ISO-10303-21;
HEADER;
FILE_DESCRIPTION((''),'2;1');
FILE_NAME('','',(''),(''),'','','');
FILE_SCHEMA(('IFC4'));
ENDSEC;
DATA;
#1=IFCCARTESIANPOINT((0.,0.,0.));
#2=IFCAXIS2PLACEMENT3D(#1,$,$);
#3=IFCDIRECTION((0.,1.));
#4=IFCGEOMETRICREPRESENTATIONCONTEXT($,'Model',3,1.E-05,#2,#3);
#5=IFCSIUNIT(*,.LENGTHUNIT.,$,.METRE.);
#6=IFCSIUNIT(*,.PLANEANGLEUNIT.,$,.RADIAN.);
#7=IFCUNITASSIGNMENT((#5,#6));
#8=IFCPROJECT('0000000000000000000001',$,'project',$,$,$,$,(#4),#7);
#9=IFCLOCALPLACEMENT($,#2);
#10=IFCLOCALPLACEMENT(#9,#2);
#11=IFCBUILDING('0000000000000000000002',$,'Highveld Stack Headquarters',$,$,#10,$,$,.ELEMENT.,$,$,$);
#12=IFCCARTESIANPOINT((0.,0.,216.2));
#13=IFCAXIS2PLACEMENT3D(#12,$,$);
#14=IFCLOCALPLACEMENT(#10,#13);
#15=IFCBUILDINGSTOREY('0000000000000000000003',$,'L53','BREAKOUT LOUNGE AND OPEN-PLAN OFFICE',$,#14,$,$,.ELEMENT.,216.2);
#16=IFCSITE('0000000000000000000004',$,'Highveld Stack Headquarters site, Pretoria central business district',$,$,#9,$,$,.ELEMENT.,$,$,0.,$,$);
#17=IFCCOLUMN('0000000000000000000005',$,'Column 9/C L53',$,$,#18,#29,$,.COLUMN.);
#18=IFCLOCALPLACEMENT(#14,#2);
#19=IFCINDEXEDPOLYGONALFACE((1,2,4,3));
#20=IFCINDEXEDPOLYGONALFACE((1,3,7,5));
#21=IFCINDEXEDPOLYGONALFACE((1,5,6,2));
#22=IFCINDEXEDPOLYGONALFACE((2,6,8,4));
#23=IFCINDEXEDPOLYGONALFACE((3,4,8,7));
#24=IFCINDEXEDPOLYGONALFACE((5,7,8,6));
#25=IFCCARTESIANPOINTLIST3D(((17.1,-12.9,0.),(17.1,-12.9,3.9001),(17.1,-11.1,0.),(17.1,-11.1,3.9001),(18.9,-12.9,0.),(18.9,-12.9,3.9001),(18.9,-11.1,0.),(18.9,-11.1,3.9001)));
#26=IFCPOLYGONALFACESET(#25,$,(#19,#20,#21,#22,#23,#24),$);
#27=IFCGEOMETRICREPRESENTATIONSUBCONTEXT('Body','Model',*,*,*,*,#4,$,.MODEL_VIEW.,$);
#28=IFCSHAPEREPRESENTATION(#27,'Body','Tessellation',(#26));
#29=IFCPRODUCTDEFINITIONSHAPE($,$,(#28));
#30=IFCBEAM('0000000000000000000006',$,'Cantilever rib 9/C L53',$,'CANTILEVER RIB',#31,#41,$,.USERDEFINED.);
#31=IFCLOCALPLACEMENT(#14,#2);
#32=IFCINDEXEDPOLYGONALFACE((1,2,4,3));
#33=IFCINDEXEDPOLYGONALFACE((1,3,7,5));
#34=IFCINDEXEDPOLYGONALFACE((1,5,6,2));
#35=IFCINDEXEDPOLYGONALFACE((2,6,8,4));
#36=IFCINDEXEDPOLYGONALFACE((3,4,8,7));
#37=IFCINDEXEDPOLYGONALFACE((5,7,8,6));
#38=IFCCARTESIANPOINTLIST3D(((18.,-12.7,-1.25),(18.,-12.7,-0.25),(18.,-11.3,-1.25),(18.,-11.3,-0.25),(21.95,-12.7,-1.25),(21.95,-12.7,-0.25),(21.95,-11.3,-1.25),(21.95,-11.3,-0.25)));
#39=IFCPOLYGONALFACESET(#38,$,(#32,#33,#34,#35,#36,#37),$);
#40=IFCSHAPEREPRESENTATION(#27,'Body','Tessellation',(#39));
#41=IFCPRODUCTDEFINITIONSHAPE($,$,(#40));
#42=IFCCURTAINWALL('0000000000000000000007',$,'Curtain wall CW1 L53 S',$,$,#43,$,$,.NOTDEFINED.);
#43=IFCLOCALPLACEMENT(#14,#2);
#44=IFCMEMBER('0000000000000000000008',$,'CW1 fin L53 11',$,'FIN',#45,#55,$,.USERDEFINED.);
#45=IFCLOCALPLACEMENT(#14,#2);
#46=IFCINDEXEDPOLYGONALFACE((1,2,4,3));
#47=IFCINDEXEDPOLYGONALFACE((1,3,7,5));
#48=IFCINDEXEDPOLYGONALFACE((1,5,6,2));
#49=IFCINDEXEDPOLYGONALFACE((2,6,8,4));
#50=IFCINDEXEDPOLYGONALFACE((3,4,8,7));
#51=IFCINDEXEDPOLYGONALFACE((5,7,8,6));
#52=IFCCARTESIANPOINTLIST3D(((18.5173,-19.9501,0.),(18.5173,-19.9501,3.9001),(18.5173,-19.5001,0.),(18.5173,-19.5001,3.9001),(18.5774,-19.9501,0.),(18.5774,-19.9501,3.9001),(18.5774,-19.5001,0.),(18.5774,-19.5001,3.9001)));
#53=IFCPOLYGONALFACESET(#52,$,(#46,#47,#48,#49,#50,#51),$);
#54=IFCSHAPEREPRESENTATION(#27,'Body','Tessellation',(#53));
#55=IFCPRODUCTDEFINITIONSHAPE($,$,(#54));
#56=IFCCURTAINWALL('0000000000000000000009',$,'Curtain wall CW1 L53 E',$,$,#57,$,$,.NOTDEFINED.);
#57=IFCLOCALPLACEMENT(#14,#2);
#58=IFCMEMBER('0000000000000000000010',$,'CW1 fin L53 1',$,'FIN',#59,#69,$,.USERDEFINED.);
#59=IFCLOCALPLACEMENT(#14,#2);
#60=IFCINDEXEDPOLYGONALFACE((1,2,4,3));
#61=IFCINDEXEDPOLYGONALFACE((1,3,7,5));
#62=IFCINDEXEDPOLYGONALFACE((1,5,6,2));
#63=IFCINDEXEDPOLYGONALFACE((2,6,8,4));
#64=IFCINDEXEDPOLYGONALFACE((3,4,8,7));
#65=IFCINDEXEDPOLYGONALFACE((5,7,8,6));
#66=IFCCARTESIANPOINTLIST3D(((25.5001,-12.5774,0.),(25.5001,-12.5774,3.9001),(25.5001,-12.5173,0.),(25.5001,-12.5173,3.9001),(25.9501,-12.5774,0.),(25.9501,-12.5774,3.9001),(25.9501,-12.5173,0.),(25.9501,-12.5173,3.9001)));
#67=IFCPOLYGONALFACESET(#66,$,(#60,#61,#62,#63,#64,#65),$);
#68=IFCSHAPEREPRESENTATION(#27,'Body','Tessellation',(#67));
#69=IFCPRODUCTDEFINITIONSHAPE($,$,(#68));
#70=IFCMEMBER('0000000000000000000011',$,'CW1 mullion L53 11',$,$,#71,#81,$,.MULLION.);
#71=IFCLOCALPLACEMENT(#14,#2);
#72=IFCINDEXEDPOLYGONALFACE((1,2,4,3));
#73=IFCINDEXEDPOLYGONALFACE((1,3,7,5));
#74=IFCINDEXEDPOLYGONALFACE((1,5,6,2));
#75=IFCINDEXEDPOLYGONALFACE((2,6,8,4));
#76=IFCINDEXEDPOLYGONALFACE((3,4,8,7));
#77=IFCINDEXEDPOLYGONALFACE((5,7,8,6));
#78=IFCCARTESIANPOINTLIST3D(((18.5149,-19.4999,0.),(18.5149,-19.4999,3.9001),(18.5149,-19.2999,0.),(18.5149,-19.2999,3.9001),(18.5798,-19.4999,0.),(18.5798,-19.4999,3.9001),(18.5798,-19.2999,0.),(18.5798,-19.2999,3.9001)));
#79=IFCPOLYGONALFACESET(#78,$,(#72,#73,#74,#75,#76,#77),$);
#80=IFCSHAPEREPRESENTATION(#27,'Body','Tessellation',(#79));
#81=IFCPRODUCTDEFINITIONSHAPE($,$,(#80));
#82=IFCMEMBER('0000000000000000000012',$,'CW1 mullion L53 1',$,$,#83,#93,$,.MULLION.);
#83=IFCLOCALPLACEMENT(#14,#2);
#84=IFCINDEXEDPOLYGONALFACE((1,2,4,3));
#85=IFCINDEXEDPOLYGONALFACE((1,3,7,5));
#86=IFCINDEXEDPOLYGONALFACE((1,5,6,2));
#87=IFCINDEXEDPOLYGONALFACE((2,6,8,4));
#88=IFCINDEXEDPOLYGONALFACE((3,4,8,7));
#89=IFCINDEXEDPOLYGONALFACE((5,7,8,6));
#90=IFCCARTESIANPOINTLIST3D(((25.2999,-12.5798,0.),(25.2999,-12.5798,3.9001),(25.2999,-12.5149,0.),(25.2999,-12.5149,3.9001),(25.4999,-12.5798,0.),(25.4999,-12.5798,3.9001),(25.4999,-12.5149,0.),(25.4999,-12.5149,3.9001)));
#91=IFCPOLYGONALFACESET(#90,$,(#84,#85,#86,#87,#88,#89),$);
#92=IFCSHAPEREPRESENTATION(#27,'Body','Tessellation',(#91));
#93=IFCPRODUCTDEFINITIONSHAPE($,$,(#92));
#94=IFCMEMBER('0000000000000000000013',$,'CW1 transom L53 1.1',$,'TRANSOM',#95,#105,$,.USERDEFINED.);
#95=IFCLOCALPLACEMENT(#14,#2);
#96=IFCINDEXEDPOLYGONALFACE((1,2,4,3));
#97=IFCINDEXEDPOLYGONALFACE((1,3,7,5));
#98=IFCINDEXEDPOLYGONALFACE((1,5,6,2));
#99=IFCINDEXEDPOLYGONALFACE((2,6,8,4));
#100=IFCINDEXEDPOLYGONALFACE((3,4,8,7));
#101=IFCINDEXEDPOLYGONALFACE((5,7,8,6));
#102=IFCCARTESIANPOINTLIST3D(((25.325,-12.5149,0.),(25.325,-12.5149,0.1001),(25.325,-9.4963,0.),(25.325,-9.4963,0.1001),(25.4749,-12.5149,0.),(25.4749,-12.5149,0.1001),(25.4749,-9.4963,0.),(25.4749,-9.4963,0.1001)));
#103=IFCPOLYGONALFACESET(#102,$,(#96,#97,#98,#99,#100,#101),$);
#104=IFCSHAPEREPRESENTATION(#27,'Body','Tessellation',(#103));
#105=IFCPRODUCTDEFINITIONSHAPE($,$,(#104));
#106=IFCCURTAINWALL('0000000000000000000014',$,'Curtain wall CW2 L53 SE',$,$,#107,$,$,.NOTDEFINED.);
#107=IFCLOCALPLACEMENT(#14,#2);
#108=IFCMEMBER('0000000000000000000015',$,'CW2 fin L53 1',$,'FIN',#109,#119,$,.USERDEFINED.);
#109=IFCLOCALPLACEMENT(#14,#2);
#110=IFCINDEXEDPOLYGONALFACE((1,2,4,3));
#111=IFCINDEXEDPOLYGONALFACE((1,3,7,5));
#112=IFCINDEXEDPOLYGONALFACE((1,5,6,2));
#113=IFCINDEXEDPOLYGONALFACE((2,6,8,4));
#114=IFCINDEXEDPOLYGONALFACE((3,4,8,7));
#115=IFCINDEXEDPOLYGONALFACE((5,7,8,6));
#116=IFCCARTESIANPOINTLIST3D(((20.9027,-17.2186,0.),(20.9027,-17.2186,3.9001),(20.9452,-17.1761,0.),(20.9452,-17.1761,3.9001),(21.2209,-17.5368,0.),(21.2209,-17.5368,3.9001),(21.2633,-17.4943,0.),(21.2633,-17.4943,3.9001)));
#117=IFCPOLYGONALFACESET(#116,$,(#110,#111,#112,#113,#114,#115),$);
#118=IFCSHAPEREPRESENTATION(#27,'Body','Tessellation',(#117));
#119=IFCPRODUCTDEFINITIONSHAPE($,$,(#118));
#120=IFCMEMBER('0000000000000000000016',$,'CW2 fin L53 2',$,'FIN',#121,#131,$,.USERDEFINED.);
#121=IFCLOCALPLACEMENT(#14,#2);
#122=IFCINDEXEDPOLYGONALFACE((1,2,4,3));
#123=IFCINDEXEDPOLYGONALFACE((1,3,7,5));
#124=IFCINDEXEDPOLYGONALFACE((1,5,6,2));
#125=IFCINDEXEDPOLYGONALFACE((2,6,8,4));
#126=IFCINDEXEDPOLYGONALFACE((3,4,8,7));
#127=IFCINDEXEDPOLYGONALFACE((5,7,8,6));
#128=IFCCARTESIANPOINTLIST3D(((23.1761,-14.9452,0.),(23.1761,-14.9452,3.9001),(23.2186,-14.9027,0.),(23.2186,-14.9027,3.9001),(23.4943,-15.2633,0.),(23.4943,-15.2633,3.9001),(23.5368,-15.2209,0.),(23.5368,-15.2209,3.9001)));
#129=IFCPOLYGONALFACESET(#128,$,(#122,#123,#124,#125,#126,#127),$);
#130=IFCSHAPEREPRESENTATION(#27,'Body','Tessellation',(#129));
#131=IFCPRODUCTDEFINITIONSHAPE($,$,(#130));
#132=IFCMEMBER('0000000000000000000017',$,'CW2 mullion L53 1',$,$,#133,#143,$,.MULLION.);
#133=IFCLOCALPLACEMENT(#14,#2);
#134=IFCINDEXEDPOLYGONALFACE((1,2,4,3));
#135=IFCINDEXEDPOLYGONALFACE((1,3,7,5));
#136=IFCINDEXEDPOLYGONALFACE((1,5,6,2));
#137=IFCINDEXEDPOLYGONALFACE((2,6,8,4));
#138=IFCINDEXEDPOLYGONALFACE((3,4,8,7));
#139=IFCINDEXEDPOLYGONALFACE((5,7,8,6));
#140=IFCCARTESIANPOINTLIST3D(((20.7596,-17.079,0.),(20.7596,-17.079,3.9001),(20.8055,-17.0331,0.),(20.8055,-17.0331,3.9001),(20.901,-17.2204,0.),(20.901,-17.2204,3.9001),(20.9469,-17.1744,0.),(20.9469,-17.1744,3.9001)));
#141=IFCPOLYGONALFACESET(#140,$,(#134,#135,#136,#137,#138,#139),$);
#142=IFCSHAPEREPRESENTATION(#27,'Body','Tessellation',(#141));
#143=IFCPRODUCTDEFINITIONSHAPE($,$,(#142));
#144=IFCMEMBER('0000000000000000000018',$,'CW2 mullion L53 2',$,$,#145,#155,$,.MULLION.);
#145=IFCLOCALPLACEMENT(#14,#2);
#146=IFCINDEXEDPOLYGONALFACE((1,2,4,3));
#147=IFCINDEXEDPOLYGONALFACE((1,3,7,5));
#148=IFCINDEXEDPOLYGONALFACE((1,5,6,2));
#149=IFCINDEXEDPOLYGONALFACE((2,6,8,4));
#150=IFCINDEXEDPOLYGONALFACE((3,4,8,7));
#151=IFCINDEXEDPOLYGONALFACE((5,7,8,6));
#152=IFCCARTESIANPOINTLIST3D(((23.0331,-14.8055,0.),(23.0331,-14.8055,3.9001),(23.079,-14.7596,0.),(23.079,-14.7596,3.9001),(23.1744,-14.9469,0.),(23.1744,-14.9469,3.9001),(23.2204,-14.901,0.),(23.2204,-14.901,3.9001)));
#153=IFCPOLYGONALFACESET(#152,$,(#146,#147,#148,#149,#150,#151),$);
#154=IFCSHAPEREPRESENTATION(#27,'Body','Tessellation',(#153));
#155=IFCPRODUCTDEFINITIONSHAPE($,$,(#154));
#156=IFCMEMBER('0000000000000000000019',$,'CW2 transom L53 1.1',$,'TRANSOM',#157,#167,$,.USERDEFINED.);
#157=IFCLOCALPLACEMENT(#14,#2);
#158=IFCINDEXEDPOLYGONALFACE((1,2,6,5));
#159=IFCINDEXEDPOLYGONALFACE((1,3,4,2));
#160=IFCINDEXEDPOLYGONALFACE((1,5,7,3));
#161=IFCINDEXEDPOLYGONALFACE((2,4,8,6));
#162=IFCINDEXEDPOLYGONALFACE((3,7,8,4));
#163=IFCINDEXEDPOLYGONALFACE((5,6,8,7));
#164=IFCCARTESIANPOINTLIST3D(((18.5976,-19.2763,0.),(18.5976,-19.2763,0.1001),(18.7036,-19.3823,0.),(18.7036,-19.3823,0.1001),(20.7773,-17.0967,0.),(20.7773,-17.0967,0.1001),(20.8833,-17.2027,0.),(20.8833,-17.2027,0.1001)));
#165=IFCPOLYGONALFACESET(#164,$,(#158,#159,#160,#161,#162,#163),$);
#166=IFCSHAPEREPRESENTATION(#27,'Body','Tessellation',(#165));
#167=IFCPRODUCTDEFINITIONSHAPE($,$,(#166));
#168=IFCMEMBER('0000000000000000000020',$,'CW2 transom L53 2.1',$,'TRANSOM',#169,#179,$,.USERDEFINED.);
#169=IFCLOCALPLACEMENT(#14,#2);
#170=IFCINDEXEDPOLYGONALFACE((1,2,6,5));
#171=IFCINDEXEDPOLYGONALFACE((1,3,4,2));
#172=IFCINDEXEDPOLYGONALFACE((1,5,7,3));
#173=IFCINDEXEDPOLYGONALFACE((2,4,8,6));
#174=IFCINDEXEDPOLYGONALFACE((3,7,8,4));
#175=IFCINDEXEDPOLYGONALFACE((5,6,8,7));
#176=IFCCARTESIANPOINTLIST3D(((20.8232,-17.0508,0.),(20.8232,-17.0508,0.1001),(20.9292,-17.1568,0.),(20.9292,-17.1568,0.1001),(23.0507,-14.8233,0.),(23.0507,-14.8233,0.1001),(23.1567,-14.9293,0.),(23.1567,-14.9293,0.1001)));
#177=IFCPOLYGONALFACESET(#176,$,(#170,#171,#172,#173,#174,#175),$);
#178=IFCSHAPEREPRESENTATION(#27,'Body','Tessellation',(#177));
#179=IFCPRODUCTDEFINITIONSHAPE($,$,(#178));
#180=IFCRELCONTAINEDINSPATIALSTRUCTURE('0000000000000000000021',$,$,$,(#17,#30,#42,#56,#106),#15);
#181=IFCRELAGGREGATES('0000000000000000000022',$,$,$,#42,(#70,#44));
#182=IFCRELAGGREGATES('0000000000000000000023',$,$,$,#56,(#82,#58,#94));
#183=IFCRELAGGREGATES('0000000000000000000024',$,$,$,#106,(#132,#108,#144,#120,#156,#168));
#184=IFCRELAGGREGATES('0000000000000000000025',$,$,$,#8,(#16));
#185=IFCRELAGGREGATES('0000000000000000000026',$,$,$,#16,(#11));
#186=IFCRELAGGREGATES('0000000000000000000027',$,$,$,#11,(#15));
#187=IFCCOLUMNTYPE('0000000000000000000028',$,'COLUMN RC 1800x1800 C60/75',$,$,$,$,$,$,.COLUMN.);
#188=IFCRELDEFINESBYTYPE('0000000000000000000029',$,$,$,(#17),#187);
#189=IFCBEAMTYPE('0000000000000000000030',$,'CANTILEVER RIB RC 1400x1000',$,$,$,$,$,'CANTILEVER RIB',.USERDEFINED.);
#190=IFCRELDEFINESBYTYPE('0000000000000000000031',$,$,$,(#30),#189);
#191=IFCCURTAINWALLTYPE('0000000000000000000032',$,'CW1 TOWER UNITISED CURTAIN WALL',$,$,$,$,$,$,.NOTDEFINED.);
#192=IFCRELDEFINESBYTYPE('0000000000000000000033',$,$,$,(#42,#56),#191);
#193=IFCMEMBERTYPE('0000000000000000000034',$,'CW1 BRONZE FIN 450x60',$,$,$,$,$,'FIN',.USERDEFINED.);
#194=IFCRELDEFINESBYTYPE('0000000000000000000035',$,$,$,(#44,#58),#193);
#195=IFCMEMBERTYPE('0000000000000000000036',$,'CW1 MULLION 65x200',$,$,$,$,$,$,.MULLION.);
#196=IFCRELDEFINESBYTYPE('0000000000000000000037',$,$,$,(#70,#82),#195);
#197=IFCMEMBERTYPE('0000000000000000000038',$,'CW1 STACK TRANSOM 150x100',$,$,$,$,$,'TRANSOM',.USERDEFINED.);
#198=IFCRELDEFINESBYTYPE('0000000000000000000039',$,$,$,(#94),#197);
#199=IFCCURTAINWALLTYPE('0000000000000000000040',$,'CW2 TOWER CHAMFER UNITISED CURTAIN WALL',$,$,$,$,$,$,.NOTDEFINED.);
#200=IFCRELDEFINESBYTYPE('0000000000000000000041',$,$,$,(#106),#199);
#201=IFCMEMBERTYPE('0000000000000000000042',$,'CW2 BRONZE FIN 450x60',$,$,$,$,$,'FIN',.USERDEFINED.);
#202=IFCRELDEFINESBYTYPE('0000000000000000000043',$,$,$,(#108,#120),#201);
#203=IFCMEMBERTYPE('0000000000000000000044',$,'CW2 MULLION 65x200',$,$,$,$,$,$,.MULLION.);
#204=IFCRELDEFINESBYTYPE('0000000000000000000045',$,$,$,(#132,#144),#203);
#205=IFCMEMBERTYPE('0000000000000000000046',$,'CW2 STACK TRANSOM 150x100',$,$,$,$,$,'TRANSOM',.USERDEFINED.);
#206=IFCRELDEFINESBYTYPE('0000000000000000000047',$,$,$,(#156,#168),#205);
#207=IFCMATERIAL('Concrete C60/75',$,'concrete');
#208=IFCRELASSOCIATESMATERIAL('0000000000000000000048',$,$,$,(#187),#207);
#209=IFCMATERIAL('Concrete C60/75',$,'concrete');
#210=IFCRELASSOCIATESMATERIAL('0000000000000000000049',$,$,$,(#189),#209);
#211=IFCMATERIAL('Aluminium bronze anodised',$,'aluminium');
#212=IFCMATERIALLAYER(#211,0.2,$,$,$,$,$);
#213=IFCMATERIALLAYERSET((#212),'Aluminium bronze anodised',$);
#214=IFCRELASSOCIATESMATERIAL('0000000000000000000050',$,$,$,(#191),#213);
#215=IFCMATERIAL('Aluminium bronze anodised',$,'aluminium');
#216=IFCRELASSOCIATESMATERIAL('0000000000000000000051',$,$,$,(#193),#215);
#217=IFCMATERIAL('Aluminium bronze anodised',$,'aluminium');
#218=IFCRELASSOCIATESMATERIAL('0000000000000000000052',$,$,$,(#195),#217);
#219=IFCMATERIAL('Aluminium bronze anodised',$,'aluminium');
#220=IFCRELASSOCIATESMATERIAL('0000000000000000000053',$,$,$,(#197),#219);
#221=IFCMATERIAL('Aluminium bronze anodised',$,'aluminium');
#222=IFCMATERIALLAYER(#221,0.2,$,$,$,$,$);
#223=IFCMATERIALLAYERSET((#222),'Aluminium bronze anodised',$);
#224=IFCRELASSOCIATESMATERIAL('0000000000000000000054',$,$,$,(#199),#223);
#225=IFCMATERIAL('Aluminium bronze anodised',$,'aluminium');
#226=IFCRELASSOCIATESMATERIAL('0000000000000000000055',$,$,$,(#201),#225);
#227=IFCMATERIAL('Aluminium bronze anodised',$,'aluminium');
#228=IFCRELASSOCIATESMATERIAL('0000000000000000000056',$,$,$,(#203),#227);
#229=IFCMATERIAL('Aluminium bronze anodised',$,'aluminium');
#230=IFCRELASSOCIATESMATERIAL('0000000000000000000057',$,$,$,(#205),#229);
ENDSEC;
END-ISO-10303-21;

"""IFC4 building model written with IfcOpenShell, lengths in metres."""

from ifc_helpers import new_model, si_unit, direction, frame, origin, origin_2d, place, context, subcontext, project, spatial, rectangle, extrude, material, layer, layer_set, material_profile, profile_set, type_object, element, aggregate, save


model = new_model("IFC4")

# Units and contexts
model_context = context("Model", 3, precision=1e-05, world=origin(), true_north=direction((0.0, 1.0)))
body_context = subcontext(model_context, "Body", "Model", "MODEL_VIEW")
ifc_project = project(units=[si_unit("LENGTHUNIT", "METRE"), si_unit("PLANEANGLEUNIT", "RADIAN")], contexts=[model_context])

# Site, building, storey
site_placement = place(None, origin())
site = spatial("IfcSite", under=ifc_project, at=site_placement, Name="Highveld Stack Headquarters site, Pretoria central business district", CompositionType="ELEMENT", RefElevation=0.0)
building_placement = place(site_placement, origin())
building = spatial("IfcBuilding", under=site, at=building_placement, Name="Highveld Stack Headquarters", CompositionType="ELEMENT")
storey_placement = place(building_placement, frame((0.0, 0.0, 216.2)))
storey = spatial("IfcBuildingStorey", under=building, at=storey_placement, Name="L53", Description="BREAKOUT LOUNGE AND OPEN-PLAN OFFICE", CompositionType="ELEMENT", Elevation=216.2)

# Column
ifc_material_1 = material(Name="Concrete C60/75", Category="concrete")
ifc_material_profile_1 = material_profile(ifc_material_1, rectangle(XDim=1.8, YDim=1.8, at=origin_2d()), Name="RC 1800x1800")
ifc_profile_set_1 = profile_set([ifc_material_profile_1], Name="Concrete C60/75")
column_type = type_object("IfcColumnType", Name="COLUMN RC 1800x1800 C60/75", PredefinedType="COLUMN", material=ifc_profile_set_1)
column_placement = place(storey_placement, frame((18.0, -12.0, 0.0), z_axis=(0.0, 0.0, 1.0), x_axis=(1.0, 0.0, 0.0)))
element("IfcColumn", 1, at=column_placement, inside=storey, type_object=column_type, Name="Column 9/C L53", PredefinedType="COLUMN", context=body_context, shape_type="SweptSolid", body=[
    extrude(rectangle(XDim=1.8, YDim=1.8, at=origin_2d()), origin(), (0.0, 0.0, 1.0), 3.9001),
])

# Beam
ifc_material_2 = material(Name="Concrete C60/75", Category="concrete")
ifc_material_profile_2 = material_profile(ifc_material_2, rectangle(XDim=1.3999, YDim=1.0, at=origin_2d()), Name="RC 1400x1000")
ifc_profile_set_2 = profile_set([ifc_material_profile_2], Name="Concrete C60/75")
beam_type = type_object("IfcBeamType", Name="CANTILEVER RIB RC 1400x1000", ElementType="CANTILEVER RIB", PredefinedType="USERDEFINED", material=ifc_profile_set_2)
beam_placement = place(storey_placement, frame((18.0, -12.0, -0.75), z_axis=(1.0, 0.0, 0.0), x_axis=(0.0, 1.0, 0.0)))
element("IfcBeam", 2, at=beam_placement, inside=storey, type_object=beam_type, Name="Cantilever rib 9/C L53", ObjectType="CANTILEVER RIB", PredefinedType="USERDEFINED", context=body_context, shape_type="SweptSolid", body=[
    extrude(rectangle(XDim=1.3999, YDim=1.0, at=origin_2d()), origin(), (0.0, 0.0, 1.0), 3.95),
])

# Curtain walls, members
ifc_material_3 = material(Name="Aluminium bronze anodised", Category="aluminium")
ifc_layer_1 = layer(ifc_material_3, 0.2)
ifc_layer_set_1 = layer_set([ifc_layer_1], Name="Aluminium bronze anodised")
curtain_wall_type_1 = type_object("IfcCurtainWallType", Name="CW1 TOWER UNITISED CURTAIN WALL", PredefinedType="NOTDEFINED", material=ifc_layer_set_1)
curtain_wall_1_placement = place(storey_placement, origin())
curtain_wall_1 = element("IfcCurtainWall", 3, at=curtain_wall_1_placement, inside=storey, type_object=curtain_wall_type_1, Name="Curtain wall CW1 L53 S", PredefinedType="NOTDEFINED")
ifc_material_4 = material(Name="Aluminium bronze anodised", Category="aluminium")
ifc_material_profile_3 = material_profile(ifc_material_4, rectangle(XDim=0.45, YDim=0.0601, at=origin_2d()), Name="FIN 450x60")
ifc_profile_set_3 = profile_set([ifc_material_profile_3], Name="Aluminium bronze anodised")
member_type_1 = type_object("IfcMemberType", Name="CW1 BRONZE FIN 450x60", ElementType="FIN", PredefinedType="USERDEFINED", material=ifc_profile_set_3)
member_1_placement = place(storey_placement, frame((18.5474, -19.7251, 0.0), z_axis=(0.0, 0.0, 1.0), x_axis=(0.0, 1.0, 0.0)))
member_1 = element("IfcMember", 4, at=member_1_placement, type_object=member_type_1, Name="CW1 fin L53 11", ObjectType="FIN", PredefinedType="USERDEFINED", context=body_context, shape_type="SweptSolid", body=[
    extrude(rectangle(XDim=0.45, YDim=0.0601, at=origin_2d()), origin(), (0.0, 0.0, 1.0), 3.9001),
])
curtain_wall_2_placement = place(storey_placement, origin())
curtain_wall_2 = element("IfcCurtainWall", 5, at=curtain_wall_2_placement, inside=storey, type_object=curtain_wall_type_1, Name="Curtain wall CW1 L53 E", PredefinedType="NOTDEFINED")
member_2_placement = place(storey_placement, frame((25.7251, -12.5474, 0.0), z_axis=(0.0, 0.0, 1.0), x_axis=(-1.0, 0.0, 0.0)))
member_2 = element("IfcMember", 6, at=member_2_placement, type_object=member_type_1, Name="CW1 fin L53 1", ObjectType="FIN", PredefinedType="USERDEFINED", context=body_context, shape_type="SweptSolid", body=[
    extrude(rectangle(XDim=0.45, YDim=0.0601, at=origin_2d()), origin(), (0.0, 0.0, 1.0), 3.9001),
])

# Members
ifc_material_5 = material(Name="Aluminium bronze anodised", Category="aluminium")
ifc_material_profile_4 = material_profile(ifc_material_5, rectangle(XDim=0.2, YDim=0.0649, at=origin_2d()), Name="CW1 MULLION 65x200")
ifc_profile_set_4 = profile_set([ifc_material_profile_4], Name="Aluminium bronze anodised")
member_type_2 = type_object("IfcMemberType", Name="CW1 MULLION 65x200", PredefinedType="MULLION", material=ifc_profile_set_4)
member_3_placement = place(storey_placement, frame((18.5474, -19.3999, 0.0), z_axis=(0.0, 0.0, 1.0), x_axis=(0.0, 1.0, 0.0)))
member_3 = element("IfcMember", 7, at=member_3_placement, type_object=member_type_2, Name="CW1 mullion L53 11", PredefinedType="MULLION", context=body_context, shape_type="SweptSolid", body=[
    extrude(rectangle(XDim=0.2, YDim=0.0649, at=origin_2d()), origin(), (0.0, 0.0, 1.0), 3.9001),
])
aggregate(curtain_wall_1, [member_3, member_1])
member_4_placement = place(storey_placement, frame((25.3999, -12.5474, 0.0), z_axis=(0.0, 0.0, 1.0), x_axis=(-1.0, 0.0, 0.0)))
member_4 = element("IfcMember", 8, at=member_4_placement, type_object=member_type_2, Name="CW1 mullion L53 1", PredefinedType="MULLION", context=body_context, shape_type="SweptSolid", body=[
    extrude(rectangle(XDim=0.2, YDim=0.0649, at=origin_2d()), origin(), (0.0, 0.0, 1.0), 3.9001),
])
ifc_material_6 = material(Name="Aluminium bronze anodised", Category="aluminium")
ifc_material_profile_5 = material_profile(ifc_material_6, rectangle(XDim=0.1499, YDim=0.1001, at=origin_2d()), Name="CW1 TRANSOM 150x100")
ifc_profile_set_5 = profile_set([ifc_material_profile_5], Name="Aluminium bronze anodised")
member_type_3 = type_object("IfcMemberType", Name="CW1 STACK TRANSOM 150x100", ElementType="TRANSOM", PredefinedType="USERDEFINED", material=ifc_profile_set_5)
member_5_placement = place(storey_placement, frame((25.3999, -12.5149, 0.05), z_axis=(0.0, 1.0, 0.0), x_axis=(-1.0, 0.0, 0.0)))
member_5 = element("IfcMember", 9, at=member_5_placement, type_object=member_type_3, Name="CW1 transom L53 1.1", ObjectType="TRANSOM", PredefinedType="USERDEFINED", context=body_context, shape_type="SweptSolid", body=[
    extrude(rectangle(XDim=0.1499, YDim=0.1001, at=origin_2d()), origin(), (0.0, 0.0, 1.0), 3.0186),
])
aggregate(curtain_wall_2, [member_4, member_2, member_5])

# Curtain wall, members
ifc_material_7 = material(Name="Aluminium bronze anodised", Category="aluminium")
ifc_layer_2 = layer(ifc_material_7, 0.2)
ifc_layer_set_2 = layer_set([ifc_layer_2], Name="Aluminium bronze anodised")
curtain_wall_type_2 = type_object("IfcCurtainWallType", Name="CW2 TOWER CHAMFER UNITISED CURTAIN WALL", PredefinedType="NOTDEFINED", material=ifc_layer_set_2)
curtain_wall_3_placement = place(storey_placement, origin())
curtain_wall_3 = element("IfcCurtainWall", 10, at=curtain_wall_3_placement, inside=storey, type_object=curtain_wall_type_2, Name="Curtain wall CW2 L53 SE", PredefinedType="NOTDEFINED")
ifc_material_8 = material(Name="Aluminium bronze anodised", Category="aluminium")
ifc_material_profile_6 = material_profile(ifc_material_8, rectangle(XDim=0.45, YDim=0.0601, at=origin_2d()), Name="FIN 450x60")
ifc_profile_set_6 = profile_set([ifc_material_profile_6], Name="Aluminium bronze anodised")
member_type_4 = type_object("IfcMemberType", Name="CW2 BRONZE FIN 450x60", ElementType="FIN", PredefinedType="USERDEFINED", material=ifc_profile_set_6)
member_6_placement = place(storey_placement, frame((21.083, -17.3564, 0.0), z_axis=(0.0, 0.0, 1.0), x_axis=(-0.707107, 0.707107, 0.0)))
member_6 = element("IfcMember", 11, at=member_6_placement, type_object=member_type_4, Name="CW2 fin L53 1", ObjectType="FIN", PredefinedType="USERDEFINED", context=body_context, shape_type="SweptSolid", body=[
    extrude(rectangle(XDim=0.45, YDim=0.0601, at=origin_2d()), origin(), (0.0, 0.0, 1.0), 3.9001),
])
member_7_placement = place(storey_placement, frame((23.3564, -15.083, 0.0), z_axis=(0.0, 0.0, 1.0), x_axis=(-0.707107, 0.707107, 0.0)))
member_7 = element("IfcMember", 12, at=member_7_placement, type_object=member_type_4, Name="CW2 fin L53 2", ObjectType="FIN", PredefinedType="USERDEFINED", context=body_context, shape_type="SweptSolid", body=[
    extrude(rectangle(XDim=0.45, YDim=0.0601, at=origin_2d()), origin(), (0.0, 0.0, 1.0), 3.9001),
])
ifc_material_9 = material(Name="Aluminium bronze anodised", Category="aluminium")
ifc_material_profile_7 = material_profile(ifc_material_9, rectangle(XDim=0.2, YDim=0.0649, at=origin_2d()), Name="CW2 MULLION 65x200")
ifc_profile_set_7 = profile_set([ifc_material_profile_7], Name="Aluminium bronze anodised")
member_type_5 = type_object("IfcMemberType", Name="CW2 MULLION 65x200", PredefinedType="MULLION", material=ifc_profile_set_7)
member_8_placement = place(storey_placement, frame((20.8533, -17.1267, 0.0), z_axis=(0.0, 0.0, 1.0), x_axis=(-0.707107, 0.707107, 0.0)))
member_8 = element("IfcMember", 13, at=member_8_placement, type_object=member_type_5, Name="CW2 mullion L53 1", PredefinedType="MULLION", context=body_context, shape_type="SweptSolid", body=[
    extrude(rectangle(XDim=0.2, YDim=0.0649, at=origin_2d()), origin(), (0.0, 0.0, 1.0), 3.9001),
])
member_9_placement = place(storey_placement, frame((23.1267, -14.8533, 0.0), z_axis=(0.0, 0.0, 1.0), x_axis=(-0.707107, 0.707107, 0.0)))
member_9 = element("IfcMember", 14, at=member_9_placement, type_object=member_type_5, Name="CW2 mullion L53 2", PredefinedType="MULLION", context=body_context, shape_type="SweptSolid", body=[
    extrude(rectangle(XDim=0.2, YDim=0.0649, at=origin_2d()), origin(), (0.0, 0.0, 1.0), 3.9001),
])
ifc_material_10 = material(Name="Aluminium bronze anodised", Category="aluminium")
ifc_material_profile_8 = material_profile(ifc_material_10, rectangle(XDim=0.1499, YDim=0.1001, at=origin_2d()), Name="CW2 TRANSOM 150x100")
ifc_profile_set_8 = profile_set([ifc_material_profile_8], Name="Aluminium bronze anodised")
member_type_6 = type_object("IfcMemberType", Name="CW2 STACK TRANSOM 150x100", ElementType="TRANSOM", PredefinedType="USERDEFINED", material=ifc_profile_set_8)
member_10_placement = place(storey_placement, frame((18.6506, -19.3293, 0.05), z_axis=(0.707107, 0.707107, 0.0), x_axis=(-0.707107, 0.707107, 0.0)))
member_10 = element("IfcMember", 15, at=member_10_placement, type_object=member_type_6, Name="CW2 transom L53 1.1", ObjectType="TRANSOM", PredefinedType="USERDEFINED", context=body_context, shape_type="SweptSolid", body=[
    extrude(rectangle(XDim=0.1499, YDim=0.1001, at=origin_2d()), origin(), (0.0, 0.0, 1.0), 3.0825),
])
member_11_placement = place(storey_placement, frame((20.8762, -17.1038, 0.05), z_axis=(0.707107, 0.707107, 0.0), x_axis=(-0.707107, 0.707107, 0.0)))
member_11 = element("IfcMember", 16, at=member_11_placement, type_object=member_type_6, Name="CW2 transom L53 2.1", ObjectType="TRANSOM", PredefinedType="USERDEFINED", context=body_context, shape_type="SweptSolid", body=[
    extrude(rectangle(XDim=0.1499, YDim=0.1001, at=origin_2d()), origin(), (0.0, 0.0, 1.0), 3.1501),
])
aggregate(curtain_wall_3, [member_8, member_6, member_9, member_7, member_10, member_11])

save(model, "model.ifc")
